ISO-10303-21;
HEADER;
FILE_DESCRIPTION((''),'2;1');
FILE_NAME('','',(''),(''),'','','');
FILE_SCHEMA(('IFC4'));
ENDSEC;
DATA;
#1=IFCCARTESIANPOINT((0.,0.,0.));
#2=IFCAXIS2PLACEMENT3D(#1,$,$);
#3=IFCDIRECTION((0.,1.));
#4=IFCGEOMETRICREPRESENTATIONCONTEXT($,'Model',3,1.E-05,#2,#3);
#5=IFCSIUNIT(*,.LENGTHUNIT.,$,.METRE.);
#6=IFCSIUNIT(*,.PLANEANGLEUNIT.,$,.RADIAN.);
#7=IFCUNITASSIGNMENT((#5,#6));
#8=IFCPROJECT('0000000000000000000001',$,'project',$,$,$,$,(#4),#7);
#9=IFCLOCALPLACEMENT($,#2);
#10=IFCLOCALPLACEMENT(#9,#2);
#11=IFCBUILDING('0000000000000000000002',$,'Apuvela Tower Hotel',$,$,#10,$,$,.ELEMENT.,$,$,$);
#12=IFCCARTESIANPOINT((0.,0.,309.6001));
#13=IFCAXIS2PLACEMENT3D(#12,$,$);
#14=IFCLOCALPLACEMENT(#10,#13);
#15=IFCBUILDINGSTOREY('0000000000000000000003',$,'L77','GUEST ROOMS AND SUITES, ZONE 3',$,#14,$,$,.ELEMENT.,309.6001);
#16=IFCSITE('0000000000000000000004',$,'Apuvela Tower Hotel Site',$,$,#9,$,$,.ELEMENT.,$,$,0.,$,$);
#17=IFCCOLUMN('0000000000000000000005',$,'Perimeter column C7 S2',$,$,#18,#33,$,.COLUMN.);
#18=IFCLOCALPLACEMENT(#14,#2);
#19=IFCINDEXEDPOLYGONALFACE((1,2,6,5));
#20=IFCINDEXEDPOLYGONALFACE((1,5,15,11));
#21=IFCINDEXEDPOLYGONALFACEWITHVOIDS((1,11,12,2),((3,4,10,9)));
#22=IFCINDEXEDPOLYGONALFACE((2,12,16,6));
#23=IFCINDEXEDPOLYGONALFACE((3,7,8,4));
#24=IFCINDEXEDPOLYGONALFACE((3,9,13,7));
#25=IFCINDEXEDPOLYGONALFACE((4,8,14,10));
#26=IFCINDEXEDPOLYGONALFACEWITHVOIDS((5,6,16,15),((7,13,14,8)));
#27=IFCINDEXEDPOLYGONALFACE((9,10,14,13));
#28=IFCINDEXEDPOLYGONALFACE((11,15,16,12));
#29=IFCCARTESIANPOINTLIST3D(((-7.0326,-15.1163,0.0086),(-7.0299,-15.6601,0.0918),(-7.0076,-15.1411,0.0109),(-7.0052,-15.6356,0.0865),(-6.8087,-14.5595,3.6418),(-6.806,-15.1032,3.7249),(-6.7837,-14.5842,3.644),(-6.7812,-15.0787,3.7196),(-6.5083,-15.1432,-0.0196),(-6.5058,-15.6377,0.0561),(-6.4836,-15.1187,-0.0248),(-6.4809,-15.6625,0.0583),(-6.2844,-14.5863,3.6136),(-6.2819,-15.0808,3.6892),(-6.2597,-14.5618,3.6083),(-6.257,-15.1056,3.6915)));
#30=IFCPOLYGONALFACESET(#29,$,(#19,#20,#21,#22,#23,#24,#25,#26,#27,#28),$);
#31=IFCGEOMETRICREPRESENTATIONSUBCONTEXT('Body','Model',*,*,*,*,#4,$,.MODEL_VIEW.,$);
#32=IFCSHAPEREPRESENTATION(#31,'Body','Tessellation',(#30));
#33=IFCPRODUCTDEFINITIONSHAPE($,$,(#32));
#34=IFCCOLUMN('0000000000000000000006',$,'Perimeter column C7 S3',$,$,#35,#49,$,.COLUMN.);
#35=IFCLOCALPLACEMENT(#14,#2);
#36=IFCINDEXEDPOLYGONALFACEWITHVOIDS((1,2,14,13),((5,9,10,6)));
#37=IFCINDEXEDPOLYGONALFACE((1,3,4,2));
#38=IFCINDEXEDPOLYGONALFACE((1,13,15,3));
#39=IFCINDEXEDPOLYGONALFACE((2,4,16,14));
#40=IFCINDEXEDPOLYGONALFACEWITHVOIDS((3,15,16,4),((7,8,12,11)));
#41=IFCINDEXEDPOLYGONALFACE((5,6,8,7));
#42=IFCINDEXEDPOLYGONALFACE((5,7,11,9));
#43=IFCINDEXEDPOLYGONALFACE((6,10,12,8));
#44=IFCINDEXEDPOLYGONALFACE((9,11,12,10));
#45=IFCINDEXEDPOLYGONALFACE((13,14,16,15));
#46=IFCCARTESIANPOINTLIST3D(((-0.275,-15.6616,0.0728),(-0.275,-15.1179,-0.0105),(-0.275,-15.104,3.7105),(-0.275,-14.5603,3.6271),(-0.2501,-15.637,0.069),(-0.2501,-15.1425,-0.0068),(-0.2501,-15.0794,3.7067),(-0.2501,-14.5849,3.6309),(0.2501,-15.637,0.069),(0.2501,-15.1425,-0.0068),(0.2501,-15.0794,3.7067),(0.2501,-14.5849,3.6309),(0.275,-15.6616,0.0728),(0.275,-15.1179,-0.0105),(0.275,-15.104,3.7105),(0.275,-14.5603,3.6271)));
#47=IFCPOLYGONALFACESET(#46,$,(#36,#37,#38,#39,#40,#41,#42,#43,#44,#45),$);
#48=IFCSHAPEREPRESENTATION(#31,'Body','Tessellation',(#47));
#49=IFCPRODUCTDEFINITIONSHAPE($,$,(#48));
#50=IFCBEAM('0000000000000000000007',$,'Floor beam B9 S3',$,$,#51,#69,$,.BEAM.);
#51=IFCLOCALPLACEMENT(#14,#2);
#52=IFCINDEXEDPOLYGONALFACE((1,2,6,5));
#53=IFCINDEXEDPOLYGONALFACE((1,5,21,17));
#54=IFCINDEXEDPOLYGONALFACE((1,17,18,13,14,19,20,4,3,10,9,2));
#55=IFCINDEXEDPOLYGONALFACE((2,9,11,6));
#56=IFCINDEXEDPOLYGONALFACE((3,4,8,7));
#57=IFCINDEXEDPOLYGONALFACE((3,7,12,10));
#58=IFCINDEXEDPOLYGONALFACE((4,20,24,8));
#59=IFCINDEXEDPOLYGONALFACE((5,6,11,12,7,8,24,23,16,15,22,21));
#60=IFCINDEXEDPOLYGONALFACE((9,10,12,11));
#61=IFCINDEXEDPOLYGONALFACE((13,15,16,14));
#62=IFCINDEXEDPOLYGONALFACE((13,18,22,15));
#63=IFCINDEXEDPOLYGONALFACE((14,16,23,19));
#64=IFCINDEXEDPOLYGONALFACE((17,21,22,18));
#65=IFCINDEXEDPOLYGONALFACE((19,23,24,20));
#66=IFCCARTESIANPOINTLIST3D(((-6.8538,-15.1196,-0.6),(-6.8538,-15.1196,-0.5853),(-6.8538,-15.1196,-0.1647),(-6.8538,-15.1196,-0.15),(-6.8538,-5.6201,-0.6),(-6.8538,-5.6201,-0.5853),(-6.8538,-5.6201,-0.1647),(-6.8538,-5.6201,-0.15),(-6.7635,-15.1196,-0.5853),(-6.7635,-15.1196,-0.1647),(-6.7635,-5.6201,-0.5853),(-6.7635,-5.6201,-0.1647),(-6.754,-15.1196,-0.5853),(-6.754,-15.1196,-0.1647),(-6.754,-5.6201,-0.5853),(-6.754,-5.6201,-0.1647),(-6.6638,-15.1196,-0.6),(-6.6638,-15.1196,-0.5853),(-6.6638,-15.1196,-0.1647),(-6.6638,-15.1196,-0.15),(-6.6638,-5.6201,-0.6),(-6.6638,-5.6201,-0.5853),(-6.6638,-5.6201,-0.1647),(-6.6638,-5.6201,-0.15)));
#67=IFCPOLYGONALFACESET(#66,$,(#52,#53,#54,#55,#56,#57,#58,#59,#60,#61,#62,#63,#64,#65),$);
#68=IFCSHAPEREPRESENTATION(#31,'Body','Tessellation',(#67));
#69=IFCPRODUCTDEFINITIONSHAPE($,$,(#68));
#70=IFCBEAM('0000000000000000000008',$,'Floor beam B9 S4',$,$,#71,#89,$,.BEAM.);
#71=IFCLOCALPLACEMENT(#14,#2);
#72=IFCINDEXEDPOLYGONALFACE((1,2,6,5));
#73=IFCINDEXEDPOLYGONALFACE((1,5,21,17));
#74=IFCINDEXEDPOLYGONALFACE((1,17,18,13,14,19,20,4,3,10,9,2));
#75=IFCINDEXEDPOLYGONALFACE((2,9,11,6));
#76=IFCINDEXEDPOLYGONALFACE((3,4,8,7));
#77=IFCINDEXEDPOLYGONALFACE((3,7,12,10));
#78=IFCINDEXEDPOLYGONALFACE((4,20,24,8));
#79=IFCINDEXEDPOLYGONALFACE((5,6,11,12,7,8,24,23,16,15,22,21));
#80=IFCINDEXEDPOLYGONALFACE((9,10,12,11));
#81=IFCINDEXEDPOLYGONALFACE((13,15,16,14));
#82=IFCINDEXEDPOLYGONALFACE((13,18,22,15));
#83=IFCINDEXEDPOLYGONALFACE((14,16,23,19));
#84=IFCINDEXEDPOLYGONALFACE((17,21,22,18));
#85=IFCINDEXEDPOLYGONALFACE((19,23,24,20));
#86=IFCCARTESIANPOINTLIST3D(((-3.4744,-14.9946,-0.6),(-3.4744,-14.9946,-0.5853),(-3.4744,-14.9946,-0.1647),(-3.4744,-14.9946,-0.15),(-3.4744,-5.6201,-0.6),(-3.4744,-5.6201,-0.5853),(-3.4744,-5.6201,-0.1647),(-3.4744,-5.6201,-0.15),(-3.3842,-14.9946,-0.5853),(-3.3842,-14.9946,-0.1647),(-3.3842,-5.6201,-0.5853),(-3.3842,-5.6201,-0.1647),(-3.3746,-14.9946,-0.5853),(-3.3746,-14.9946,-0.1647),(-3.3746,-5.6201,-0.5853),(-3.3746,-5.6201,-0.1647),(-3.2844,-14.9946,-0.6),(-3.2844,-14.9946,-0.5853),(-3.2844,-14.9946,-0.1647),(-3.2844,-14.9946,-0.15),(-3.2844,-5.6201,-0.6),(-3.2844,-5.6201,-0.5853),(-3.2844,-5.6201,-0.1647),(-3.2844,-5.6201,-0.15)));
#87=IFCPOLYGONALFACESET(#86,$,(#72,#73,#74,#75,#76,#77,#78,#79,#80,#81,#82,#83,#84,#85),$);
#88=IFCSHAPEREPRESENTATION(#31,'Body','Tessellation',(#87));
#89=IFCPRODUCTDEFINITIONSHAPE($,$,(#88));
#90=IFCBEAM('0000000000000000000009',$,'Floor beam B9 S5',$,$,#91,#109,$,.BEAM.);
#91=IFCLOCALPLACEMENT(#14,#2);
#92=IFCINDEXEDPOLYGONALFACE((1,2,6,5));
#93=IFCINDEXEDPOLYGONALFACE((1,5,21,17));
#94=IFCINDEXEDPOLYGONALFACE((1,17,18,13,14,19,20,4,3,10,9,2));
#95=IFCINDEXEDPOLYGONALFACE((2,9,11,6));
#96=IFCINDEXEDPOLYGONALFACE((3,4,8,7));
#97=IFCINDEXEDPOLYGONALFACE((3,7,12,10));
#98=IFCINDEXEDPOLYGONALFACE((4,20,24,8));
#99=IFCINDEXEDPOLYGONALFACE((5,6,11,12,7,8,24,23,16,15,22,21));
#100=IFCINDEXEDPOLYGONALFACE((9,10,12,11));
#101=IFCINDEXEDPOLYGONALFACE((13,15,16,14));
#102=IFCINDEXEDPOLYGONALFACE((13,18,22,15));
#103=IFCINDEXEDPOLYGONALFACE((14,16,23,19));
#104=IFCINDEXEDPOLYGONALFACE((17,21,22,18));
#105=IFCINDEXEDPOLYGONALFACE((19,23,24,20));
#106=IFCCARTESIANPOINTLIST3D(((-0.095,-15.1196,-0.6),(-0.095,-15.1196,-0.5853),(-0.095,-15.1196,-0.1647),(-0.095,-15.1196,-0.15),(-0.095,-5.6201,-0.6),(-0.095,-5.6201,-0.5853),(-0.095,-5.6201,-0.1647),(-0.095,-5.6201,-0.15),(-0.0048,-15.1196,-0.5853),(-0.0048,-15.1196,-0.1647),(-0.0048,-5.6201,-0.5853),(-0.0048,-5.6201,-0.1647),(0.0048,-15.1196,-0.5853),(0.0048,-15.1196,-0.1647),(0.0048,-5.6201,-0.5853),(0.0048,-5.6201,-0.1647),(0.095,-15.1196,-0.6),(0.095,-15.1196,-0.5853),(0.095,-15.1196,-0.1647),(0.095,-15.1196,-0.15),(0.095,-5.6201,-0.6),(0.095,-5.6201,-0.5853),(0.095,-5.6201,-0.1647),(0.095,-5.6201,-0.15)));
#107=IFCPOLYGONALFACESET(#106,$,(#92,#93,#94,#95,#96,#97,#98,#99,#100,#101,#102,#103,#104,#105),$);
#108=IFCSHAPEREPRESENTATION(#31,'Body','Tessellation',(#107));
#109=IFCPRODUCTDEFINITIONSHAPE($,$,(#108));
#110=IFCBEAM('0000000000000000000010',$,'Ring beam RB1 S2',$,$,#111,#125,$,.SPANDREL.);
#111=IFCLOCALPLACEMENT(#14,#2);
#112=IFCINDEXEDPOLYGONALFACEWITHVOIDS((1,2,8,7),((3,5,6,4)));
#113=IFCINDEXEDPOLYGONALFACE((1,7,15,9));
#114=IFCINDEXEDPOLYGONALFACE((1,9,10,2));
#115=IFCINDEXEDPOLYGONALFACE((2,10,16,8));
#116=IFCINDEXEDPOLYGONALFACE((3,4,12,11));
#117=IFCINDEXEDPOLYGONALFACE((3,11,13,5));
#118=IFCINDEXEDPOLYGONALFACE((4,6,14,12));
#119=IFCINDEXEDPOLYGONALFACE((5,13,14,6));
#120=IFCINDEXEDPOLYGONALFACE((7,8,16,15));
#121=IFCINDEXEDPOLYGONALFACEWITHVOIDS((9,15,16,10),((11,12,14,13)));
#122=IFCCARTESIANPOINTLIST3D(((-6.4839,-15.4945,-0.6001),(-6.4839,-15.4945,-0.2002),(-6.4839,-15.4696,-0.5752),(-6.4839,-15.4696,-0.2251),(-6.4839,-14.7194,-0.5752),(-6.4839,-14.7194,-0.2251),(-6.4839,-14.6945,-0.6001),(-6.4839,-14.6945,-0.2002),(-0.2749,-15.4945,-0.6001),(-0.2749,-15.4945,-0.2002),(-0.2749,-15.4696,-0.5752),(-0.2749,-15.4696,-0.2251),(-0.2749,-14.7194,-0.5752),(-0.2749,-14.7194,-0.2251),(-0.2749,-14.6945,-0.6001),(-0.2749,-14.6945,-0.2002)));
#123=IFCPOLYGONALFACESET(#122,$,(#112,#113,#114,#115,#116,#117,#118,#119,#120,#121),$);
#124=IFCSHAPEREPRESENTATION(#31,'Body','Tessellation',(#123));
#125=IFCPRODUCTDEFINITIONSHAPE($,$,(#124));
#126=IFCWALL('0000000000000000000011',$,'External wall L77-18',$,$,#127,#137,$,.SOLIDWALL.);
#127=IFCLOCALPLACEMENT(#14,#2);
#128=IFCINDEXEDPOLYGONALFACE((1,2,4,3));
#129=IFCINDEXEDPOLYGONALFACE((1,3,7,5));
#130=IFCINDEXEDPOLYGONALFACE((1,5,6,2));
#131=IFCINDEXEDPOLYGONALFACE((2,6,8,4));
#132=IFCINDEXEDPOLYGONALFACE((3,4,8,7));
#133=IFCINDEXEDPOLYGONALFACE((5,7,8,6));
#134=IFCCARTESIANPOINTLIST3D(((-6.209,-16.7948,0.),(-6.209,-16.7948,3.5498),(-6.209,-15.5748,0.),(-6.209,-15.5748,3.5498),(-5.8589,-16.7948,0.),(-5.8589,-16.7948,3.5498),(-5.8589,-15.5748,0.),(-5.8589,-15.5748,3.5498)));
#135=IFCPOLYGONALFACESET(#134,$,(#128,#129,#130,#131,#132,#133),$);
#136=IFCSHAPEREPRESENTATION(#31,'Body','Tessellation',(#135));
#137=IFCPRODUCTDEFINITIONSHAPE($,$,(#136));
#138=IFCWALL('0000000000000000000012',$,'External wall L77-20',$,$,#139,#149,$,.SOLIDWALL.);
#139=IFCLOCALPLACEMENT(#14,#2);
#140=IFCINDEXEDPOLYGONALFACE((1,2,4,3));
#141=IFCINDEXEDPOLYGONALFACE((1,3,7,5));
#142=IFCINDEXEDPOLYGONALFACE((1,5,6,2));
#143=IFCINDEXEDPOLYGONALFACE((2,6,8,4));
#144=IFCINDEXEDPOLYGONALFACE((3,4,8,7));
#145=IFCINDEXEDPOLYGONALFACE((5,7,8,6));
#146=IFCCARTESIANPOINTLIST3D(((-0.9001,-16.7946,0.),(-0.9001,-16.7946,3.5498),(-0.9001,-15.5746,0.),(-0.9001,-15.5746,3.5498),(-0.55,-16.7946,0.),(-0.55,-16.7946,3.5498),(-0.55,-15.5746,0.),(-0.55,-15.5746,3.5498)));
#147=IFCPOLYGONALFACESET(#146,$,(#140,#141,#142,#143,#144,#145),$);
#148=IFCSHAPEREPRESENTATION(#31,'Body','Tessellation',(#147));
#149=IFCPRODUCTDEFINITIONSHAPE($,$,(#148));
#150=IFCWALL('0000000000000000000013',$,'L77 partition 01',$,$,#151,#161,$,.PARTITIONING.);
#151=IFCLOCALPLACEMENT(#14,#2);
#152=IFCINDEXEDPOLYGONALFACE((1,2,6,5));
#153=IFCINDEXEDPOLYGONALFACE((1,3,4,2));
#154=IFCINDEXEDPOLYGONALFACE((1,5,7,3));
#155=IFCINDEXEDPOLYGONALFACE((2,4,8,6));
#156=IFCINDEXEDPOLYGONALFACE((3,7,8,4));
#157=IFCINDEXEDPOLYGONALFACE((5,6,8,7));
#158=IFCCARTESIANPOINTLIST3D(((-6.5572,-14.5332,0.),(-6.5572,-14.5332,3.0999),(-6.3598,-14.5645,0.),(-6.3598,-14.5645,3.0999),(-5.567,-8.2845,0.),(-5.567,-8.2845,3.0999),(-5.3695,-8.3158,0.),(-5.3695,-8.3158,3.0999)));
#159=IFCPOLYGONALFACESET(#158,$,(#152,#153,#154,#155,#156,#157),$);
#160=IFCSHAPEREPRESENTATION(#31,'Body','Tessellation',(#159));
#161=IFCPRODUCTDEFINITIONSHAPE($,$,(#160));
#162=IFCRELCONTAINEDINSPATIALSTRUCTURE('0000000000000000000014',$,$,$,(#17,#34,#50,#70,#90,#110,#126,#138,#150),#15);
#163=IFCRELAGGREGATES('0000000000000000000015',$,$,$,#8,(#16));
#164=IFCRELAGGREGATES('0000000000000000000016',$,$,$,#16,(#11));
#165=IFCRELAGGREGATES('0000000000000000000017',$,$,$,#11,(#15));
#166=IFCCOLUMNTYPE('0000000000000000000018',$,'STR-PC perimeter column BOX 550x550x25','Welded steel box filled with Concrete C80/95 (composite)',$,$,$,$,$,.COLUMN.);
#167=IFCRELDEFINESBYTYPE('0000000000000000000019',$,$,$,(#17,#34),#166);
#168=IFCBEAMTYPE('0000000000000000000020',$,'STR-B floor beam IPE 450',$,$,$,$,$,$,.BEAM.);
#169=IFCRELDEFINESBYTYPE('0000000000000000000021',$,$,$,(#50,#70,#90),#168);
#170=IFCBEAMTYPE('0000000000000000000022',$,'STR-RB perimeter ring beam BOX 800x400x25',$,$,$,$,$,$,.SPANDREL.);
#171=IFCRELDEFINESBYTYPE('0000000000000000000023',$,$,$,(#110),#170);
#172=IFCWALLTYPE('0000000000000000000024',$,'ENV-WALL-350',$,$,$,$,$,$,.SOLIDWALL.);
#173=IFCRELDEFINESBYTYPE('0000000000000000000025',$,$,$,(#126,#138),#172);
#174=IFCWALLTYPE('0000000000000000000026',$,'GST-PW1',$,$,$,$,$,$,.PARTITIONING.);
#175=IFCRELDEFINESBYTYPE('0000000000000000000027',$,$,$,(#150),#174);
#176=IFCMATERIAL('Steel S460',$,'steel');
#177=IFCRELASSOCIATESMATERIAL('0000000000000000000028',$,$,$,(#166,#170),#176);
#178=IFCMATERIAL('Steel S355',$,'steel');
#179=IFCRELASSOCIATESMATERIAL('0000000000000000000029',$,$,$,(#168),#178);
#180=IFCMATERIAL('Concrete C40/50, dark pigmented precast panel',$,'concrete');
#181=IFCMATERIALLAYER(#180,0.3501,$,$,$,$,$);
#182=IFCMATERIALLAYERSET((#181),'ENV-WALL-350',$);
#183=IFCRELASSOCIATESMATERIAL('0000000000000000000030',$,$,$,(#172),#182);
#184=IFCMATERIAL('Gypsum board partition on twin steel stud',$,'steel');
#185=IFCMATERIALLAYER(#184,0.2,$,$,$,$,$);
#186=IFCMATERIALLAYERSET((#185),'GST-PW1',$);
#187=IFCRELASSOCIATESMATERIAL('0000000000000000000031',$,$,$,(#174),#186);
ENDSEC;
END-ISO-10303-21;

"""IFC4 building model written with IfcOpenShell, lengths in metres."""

from ifc_helpers import new_model, si_unit, direction, frame, frame_2d, origin, origin_2d, place, context, subcontext, project, spatial, rectangle, hollow_rectangle, i_section, extrude, boolean, halfspace, material, layer, layer_set, material_profile, profile_set, type_object, element, save


model = new_model("IFC4")

# Units and contexts
model_context = context("Model", 3, precision=1e-05, world=origin(), true_north=direction((0.0, 1.0)))
body_context = subcontext(model_context, "Body", "Model", "MODEL_VIEW")
ifc_project = project(units=[si_unit("LENGTHUNIT", "METRE"), si_unit("PLANEANGLEUNIT", "RADIAN")], contexts=[model_context])

# Site, building, storey
site_placement = place(None, origin())
site = spatial("IfcSite", under=ifc_project, at=site_placement, Name="Apuvela Tower Hotel Site", CompositionType="ELEMENT", RefElevation=0.0)
building_placement = place(site_placement, origin())
building = spatial("IfcBuilding", under=site, at=building_placement, Name="Apuvela Tower Hotel", CompositionType="ELEMENT")
storey_placement = place(building_placement, frame((0.0, 0.0, 309.6001)))
storey = spatial("IfcBuildingStorey", under=building, at=storey_placement, Name="L77", Description="GUEST ROOMS AND SUITES, ZONE 3", CompositionType="ELEMENT", Elevation=309.6001)

# Columns
ifc_material_1 = material(Name="Steel S460", Category="steel")
ifc_material_profile_1 = material_profile(ifc_material_1, hollow_rectangle(XDim=0.55, YDim=0.55, WallThickness=0.0249, at=origin_2d()), Name="BOX 550x550x25")
ifc_material_2 = material(Name="Concrete C80/95", Category="concrete")
ifc_material_profile_2 = material_profile(ifc_material_2, rectangle(XDim=0.5, YDim=0.5, at=origin_2d()), Name="Concrete C80/95 infill")
ifc_profile_set_1 = profile_set([ifc_material_profile_1, ifc_material_profile_2], Name="Steel S460")
column_type = type_object("IfcColumnType", Name="STR-PC perimeter column BOX 550x550x25", Description="Welded steel box filled with Concrete C80/95 (composite)", PredefinedType="COLUMN", material=ifc_profile_set_1)
column_1_placement = place(storey_placement, frame((-6.7588, -15.3945, 0.0), z_axis=(0.060806, 0.151233, 0.986626), x_axis=(-0.998138, 0.004342, 0.060849)))
element("IfcColumn", 1, at=column_1_placement, inside=storey, type_object=column_type, Name="Perimeter column C7 S2", PredefinedType="COLUMN", context=body_context, shape_type="SweptSolid", body=[
    boolean("DIFFERENCE", boolean("DIFFERENCE", extrude(hollow_rectangle(XDim=0.55, YDim=0.55, WallThickness=0.0249, at=origin_2d()), origin(), (0.0, 0.0, 1.0), 3.75), halfspace(frame((0.0, 0.0, 0.0339), z_axis=(0.0, 0.0, 1.0), x_axis=(1.0, 0.0, 0.0)), True)), halfspace(frame((0.0, 0.0, 3.7163), z_axis=(0.0, 0.0, 1.0), x_axis=(1.0, 0.0, 0.0)), False)),
])
column_2_placement = place(storey_placement, frame((0.0, -15.3945, 0.0), z_axis=(0.0, 0.151513, 0.988455), x_axis=(-1.0, 0.0, 0.0)))
element("IfcColumn", 2, at=column_2_placement, inside=storey, type_object=column_type, Name="Perimeter column C7 S3", PredefinedType="COLUMN", context=body_context, shape_type="SweptSolid", body=[
    boolean("DIFFERENCE", boolean("DIFFERENCE", extrude(hollow_rectangle(XDim=0.55, YDim=0.55, WallThickness=0.0249, at=origin_2d()), origin(), (0.0, 0.0, 1.0), 3.7432), halfspace(frame((0.0, 0.0, 0.0315), z_axis=(0.0, 0.0, 1.0), x_axis=(1.0, 0.0, 0.0)), True)), halfspace(frame((0.0, 0.0, 3.7117), z_axis=(0.0, 0.0, 1.0), x_axis=(1.0, 0.0, 0.0)), False)),
])

# Beams
ifc_material_3 = material(Name="Steel S355", Category="steel")
ifc_material_profile_3 = material_profile(ifc_material_3, i_section(OverallWidth=0.1899, OverallDepth=0.45, WebThickness=0.0095, FlangeThickness=0.0146, at=origin_2d()), Name="IPE 450")
ifc_profile_set_2 = profile_set([ifc_material_profile_3], Name="Steel S355")
beam_type_1 = type_object("IfcBeamType", Name="STR-B floor beam IPE 450", PredefinedType="BEAM", material=ifc_profile_set_2)
beam_1_placement = place(storey_placement, frame((-6.7588, -15.1196, -0.375), z_axis=(0.0, 1.0, 0.0), x_axis=(-1.0, 0.0, 0.0)))
element("IfcBeam", 3, at=beam_1_placement, inside=storey, type_object=beam_type_1, Name="Floor beam B9 S3", PredefinedType="BEAM", context=body_context, shape_type="SweptSolid", body=[
    extrude(i_section(OverallWidth=0.1899, OverallDepth=0.45, WebThickness=0.0095, FlangeThickness=0.0146, at=origin_2d()), origin(), (0.0, 0.0, 1.0), 9.4995),
])
beam_2_placement = place(storey_placement, frame((-3.3794, -14.9946, -0.375), z_axis=(0.0, 1.0, 0.0), x_axis=(-1.0, 0.0, 0.0)))
element("IfcBeam", 4, at=beam_2_placement, inside=storey, type_object=beam_type_1, Name="Floor beam B9 S4", PredefinedType="BEAM", context=body_context, shape_type="SweptSolid", body=[
    extrude(i_section(OverallWidth=0.1899, OverallDepth=0.45, WebThickness=0.0095, FlangeThickness=0.0146, at=origin_2d()), origin(), (0.0, 0.0, 1.0), 9.3745),
])
beam_3_placement = place(storey_placement, frame((0.0, -15.1196, -0.375), z_axis=(0.0, 1.0, 0.0), x_axis=(-1.0, 0.0, 0.0)))
element("IfcBeam", 5, at=beam_3_placement, inside=storey, type_object=beam_type_1, Name="Floor beam B9 S5", PredefinedType="BEAM", context=body_context, shape_type="SweptSolid", body=[
    extrude(i_section(OverallWidth=0.1899, OverallDepth=0.45, WebThickness=0.0095, FlangeThickness=0.0146, at=origin_2d()), origin(), (0.0, 0.0, 1.0), 9.4995),
])
ifc_material_profile_4 = material_profile(ifc_material_1, hollow_rectangle(XDim=0.8, YDim=0.3999, WallThickness=0.0249, at=origin_2d()), Name="BOX 800x400x25")
ifc_profile_set_3 = profile_set([ifc_material_profile_4], Name="Steel S460")
beam_type_2 = type_object("IfcBeamType", Name="STR-RB perimeter ring beam BOX 800x400x25", PredefinedType="SPANDREL", material=ifc_profile_set_3)
beam_4_placement = place(storey_placement, frame((-6.4839, -15.0945, -0.4001), z_axis=(1.0, 0.0, 0.0), x_axis=(0.0, 1.0, 0.0)))
element("IfcBeam", 6, at=beam_4_placement, inside=storey, type_object=beam_type_2, Name="Ring beam RB1 S2", PredefinedType="SPANDREL", context=body_context, shape_type="SweptSolid", body=[
    extrude(hollow_rectangle(XDim=0.8, YDim=0.3999, WallThickness=0.0249, at=origin_2d()), origin(), (0.0, 0.0, 1.0), 6.209),
])

# Wall
ifc_material_4 = material(Name="Concrete C40/50, dark pigmented precast panel", Category="concrete")
ifc_layer_1 = layer(ifc_material_4, 0.3501)
ifc_layer_set_1 = layer_set([ifc_layer_1], Name="ENV-WALL-350")
wall_type_1 = type_object("IfcWallType", Name="ENV-WALL-350", PredefinedType="SOLIDWALL", material=ifc_layer_set_1)
wall_1_placement = place(storey_placement, frame((-6.0339, -16.7947, 0.0), z_axis=(0.0, 0.0, 1.0), x_axis=(0.0, 1.0, 0.0)))
element("IfcWall", 7, at=wall_1_placement, inside=storey, type_object=wall_type_1, Name="External wall L77-18", PredefinedType="SOLIDWALL", context=body_context, shape_type="SweptSolid", body=[
    extrude(rectangle(XDim=1.22, YDim=0.3501, at=frame_2d((0.6099, 0.0))), origin(), (0.0, 0.0, 1.0), 3.5498),
])

# Wall
wall_2_placement = place(storey_placement, frame((-0.7251, -15.5747, 0.0), z_axis=(0.0, 0.0, 1.0), x_axis=(0.0, -1.0, 0.0)))
element("IfcWall", 8, at=wall_2_placement, inside=storey, type_object=wall_type_1, Name="External wall L77-20", PredefinedType="SOLIDWALL", context=body_context, shape_type="SweptSolid", body=[
    extrude(rectangle(XDim=1.22, YDim=0.3501, at=frame_2d((0.6099, 0.0))), origin(), (0.0, 0.0, 1.0), 3.5498),
])

# Wall
ifc_material_5 = material(Name="Gypsum board partition on twin steel stud", Category="steel")
ifc_layer_2 = layer(ifc_material_5, 0.2)
ifc_layer_set_2 = layer_set([ifc_layer_2], Name="GST-PW1")
wall_type_2 = type_object("IfcWallType", Name="GST-PW1", PredefinedType="PARTITIONING", material=ifc_layer_set_2)
wall_3_placement = place(storey_placement, frame((-6.4585, -14.5488, 0.0), z_axis=(0.0, 0.0, 1.0), x_axis=(0.156515, 0.987676, 0.0)))
element("IfcWall", 9, at=wall_3_placement, inside=storey, type_object=wall_type_2, Name="L77 partition 01", PredefinedType="PARTITIONING", context=body_context, shape_type="SweptSolid", body=[
    extrude(rectangle(XDim=6.3267, YDim=0.2, at=frame_2d((3.1633, 0.0))), origin(), (0.0, 0.0, 1.0), 3.0999),
])

save(model, "model.ifc")
